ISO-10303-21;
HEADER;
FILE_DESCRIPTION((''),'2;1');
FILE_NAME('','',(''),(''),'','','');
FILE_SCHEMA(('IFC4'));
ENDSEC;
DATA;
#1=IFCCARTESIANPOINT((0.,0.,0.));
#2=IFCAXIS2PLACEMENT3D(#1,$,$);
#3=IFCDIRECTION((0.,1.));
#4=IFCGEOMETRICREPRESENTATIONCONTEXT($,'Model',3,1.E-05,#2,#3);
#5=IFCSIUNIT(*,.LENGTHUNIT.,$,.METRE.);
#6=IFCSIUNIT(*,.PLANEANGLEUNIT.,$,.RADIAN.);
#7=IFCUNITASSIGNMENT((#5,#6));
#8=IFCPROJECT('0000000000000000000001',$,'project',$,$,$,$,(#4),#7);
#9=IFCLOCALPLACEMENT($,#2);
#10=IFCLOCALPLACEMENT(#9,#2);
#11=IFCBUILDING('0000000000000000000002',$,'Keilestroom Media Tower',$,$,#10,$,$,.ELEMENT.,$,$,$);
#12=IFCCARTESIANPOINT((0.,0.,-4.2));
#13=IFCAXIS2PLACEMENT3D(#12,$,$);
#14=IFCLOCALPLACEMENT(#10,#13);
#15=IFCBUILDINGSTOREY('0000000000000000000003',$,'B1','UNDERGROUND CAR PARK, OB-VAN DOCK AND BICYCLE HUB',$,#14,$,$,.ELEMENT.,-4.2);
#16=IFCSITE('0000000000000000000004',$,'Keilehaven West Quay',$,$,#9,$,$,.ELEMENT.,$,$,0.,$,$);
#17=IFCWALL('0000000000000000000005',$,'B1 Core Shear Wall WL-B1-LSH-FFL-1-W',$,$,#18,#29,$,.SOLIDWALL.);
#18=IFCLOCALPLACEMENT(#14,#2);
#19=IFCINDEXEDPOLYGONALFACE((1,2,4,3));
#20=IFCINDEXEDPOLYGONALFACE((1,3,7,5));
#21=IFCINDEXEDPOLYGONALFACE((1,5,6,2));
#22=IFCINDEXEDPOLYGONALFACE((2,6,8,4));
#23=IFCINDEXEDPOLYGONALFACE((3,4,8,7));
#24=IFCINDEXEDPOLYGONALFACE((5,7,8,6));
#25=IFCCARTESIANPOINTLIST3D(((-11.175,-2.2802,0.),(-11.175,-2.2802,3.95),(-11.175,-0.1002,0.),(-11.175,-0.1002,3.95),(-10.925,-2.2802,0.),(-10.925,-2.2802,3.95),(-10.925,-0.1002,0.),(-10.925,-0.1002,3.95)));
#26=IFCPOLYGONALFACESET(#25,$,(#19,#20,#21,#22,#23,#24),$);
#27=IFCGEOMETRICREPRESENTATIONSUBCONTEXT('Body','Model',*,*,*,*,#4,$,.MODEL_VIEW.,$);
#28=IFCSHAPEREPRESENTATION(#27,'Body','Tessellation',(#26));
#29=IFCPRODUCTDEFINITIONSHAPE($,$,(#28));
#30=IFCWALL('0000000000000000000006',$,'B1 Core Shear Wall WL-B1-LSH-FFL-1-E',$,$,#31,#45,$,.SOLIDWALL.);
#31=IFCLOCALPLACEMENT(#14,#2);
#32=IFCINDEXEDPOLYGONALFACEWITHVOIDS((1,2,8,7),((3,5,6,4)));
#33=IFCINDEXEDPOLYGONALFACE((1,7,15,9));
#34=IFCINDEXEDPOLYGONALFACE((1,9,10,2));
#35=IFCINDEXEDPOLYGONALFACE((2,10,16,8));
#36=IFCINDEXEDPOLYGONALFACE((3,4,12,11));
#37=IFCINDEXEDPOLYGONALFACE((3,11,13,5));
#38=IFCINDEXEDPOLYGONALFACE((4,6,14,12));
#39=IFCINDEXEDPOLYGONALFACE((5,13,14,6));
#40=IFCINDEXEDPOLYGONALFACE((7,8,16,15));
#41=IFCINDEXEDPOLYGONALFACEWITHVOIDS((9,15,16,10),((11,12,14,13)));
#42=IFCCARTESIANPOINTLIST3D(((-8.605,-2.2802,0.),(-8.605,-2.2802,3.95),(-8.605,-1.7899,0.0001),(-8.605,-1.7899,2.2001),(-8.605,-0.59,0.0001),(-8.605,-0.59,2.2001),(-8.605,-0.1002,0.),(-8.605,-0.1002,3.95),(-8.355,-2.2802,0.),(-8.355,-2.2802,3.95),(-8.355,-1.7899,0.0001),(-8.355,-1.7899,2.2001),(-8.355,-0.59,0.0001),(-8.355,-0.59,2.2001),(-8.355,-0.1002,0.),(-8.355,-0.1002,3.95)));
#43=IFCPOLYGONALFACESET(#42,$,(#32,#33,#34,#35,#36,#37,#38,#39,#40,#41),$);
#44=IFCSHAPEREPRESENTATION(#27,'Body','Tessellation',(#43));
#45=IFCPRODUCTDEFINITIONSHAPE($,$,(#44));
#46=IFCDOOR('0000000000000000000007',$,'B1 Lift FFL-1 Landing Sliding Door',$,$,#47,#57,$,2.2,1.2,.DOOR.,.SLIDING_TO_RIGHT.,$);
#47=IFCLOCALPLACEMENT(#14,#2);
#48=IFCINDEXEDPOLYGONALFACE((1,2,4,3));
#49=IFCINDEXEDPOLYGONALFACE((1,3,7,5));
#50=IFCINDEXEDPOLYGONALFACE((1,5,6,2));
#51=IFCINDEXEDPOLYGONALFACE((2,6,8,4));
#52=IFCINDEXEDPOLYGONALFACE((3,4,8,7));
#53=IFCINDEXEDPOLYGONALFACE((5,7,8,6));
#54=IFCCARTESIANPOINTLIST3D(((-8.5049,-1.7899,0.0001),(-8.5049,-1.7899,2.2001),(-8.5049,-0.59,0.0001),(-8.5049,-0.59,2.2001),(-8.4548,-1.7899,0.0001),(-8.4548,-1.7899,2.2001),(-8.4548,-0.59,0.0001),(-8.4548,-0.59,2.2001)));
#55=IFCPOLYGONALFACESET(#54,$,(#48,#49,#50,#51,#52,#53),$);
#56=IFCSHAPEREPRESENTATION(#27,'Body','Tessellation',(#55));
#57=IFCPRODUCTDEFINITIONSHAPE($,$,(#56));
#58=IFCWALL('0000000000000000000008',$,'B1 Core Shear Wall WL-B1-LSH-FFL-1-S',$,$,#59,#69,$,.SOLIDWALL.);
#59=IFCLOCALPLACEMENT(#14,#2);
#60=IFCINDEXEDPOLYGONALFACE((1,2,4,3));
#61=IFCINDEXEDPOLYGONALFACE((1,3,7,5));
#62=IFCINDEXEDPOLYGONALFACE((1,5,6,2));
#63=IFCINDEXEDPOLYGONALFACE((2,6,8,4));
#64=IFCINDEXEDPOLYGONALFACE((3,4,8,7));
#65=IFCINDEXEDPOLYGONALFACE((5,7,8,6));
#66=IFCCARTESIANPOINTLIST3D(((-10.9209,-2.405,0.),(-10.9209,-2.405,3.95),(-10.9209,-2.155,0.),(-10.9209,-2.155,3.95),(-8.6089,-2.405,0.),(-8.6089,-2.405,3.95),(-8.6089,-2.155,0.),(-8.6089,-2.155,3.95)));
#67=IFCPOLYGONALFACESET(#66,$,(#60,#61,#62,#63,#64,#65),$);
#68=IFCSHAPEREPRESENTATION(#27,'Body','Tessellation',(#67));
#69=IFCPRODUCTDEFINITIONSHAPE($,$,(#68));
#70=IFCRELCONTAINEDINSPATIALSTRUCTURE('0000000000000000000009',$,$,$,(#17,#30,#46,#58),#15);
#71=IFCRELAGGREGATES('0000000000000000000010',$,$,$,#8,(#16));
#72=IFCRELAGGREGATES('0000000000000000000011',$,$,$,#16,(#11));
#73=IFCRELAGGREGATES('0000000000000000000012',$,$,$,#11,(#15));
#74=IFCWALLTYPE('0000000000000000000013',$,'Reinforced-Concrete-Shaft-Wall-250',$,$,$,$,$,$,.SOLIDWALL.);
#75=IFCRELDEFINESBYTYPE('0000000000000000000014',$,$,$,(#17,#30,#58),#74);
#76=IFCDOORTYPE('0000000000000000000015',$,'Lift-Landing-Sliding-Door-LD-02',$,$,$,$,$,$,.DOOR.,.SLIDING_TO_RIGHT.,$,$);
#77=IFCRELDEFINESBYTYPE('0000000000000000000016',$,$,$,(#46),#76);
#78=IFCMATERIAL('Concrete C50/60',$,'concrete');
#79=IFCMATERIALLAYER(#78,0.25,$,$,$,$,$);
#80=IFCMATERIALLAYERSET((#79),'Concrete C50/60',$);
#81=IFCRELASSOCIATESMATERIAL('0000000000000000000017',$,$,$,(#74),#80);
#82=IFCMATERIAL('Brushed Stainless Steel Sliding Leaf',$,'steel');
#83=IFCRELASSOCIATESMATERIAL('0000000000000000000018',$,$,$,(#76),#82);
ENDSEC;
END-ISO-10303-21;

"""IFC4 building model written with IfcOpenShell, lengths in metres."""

from ifc_helpers import new_model, si_unit, direction, frame, frame_2d, origin, place, context, subcontext, project, spatial, rectangle, extrude, source, transform, mapped, material, layer, layer_set, type_object, element, fill, save


model = new_model("IFC4")

# Units and contexts
model_context = context("Model", 3, precision=1e-05, world=origin(), true_north=direction((0.0, 1.0)))
body_context = subcontext(model_context, "Body", "Model", "MODEL_VIEW")
ifc_project = project(units=[si_unit("LENGTHUNIT", "METRE"), si_unit("PLANEANGLEUNIT", "RADIAN")], contexts=[model_context])

# Site, building, storey
site_placement = place(None, origin())
site = spatial("IfcSite", under=ifc_project, at=site_placement, Name="Keilehaven West Quay", CompositionType="ELEMENT", RefElevation=0.0)
building_placement = place(site_placement, origin())
building = spatial("IfcBuilding", under=site, at=building_placement, Name="Keilestroom Media Tower", CompositionType="ELEMENT")
storey_placement = place(building_placement, frame((0.0, 0.0, -4.2)))
storey = spatial("IfcBuildingStorey", under=building, at=storey_placement, Name="B1", Description="UNDERGROUND CAR PARK, OB-VAN DOCK AND BICYCLE HUB", CompositionType="ELEMENT", Elevation=-4.2)

# Shared definitions
shared_shape_1 = source(origin(), body_context, "Body", "SweptSolid", [
    extrude(rectangle(XDim=1.2, YDim=2.2, at=frame_2d((0.6001, 1.1001))), frame((0.0, 0.0249, 0.0), z_axis=(0.0, -1.0, 0.0), x_axis=(1.0, 0.0, 0.0)), (0.0, 0.0, 1.0), 0.05),
])

# Wall
ifc_material_1 = material(Name="Concrete C50/60", Category="concrete")
ifc_layer_1 = layer(ifc_material_1, 0.25)
ifc_layer_set_1 = layer_set([ifc_layer_1], Name="Concrete C50/60")
wall_type_1 = type_object("IfcWallType", Name="Reinforced-Concrete-Shaft-Wall-250", PredefinedType="SOLIDWALL", material=ifc_layer_set_1)
wall_1_placement = place(storey_placement, frame((-11.05, -2.28, 0.0), z_axis=(0.0, 0.0, 1.0), x_axis=(0.0, 1.0, 0.0)))
element("IfcWall", 1, at=wall_1_placement, inside=storey, type_object=wall_type_1, Name="B1 Core Shear Wall WL-B1-LSH-FFL-1-W", PredefinedType="SOLIDWALL", context=body_context, shape_type="SweptSolid", body=[
    extrude(rectangle(XDim=2.1799, YDim=0.25, at=frame_2d((1.0898, 0.0))), origin(), (0.0, 0.0, 1.0), 3.95),
])

# Wall, opening, door
wall_2_placement = place(storey_placement, frame((-8.48, -2.28, 0.0), z_axis=(0.0, 0.0, 1.0), x_axis=(0.0, 1.0, 0.0)))
wall_2 = element("IfcWall", 2, at=wall_2_placement, inside=storey, type_object=wall_type_1, Name="B1 Core Shear Wall WL-B1-LSH-FFL-1-E", PredefinedType="SOLIDWALL", context=body_context, shape_type="SweptSolid", body=[
    extrude(rectangle(XDim=2.1799, YDim=0.25, at=frame_2d((1.0898, 0.0))), origin(), (0.0, 0.0, 1.0), 3.95),
])
opening_1_placement = place(wall_2_placement, frame((0.49, 0.0, 0.0)))
opening_1 = element("IfcOpeningElement", 3, at=opening_1_placement, cuts=wall_2, PredefinedType="OPENING", context=body_context, shape_type="SweptSolid", body=[
    extrude(rectangle(XDim=1.2, YDim=2.2, at=frame_2d((0.6001, 1.1001))), frame((0.0, 0.135, 0.0), z_axis=(0.0, -1.0, 0.0), x_axis=(1.0, 0.0, 0.0)), (0.0, 0.0, 1.0), 0.27),
])
ifc_material_2 = material(Name="Brushed Stainless Steel Sliding Leaf", Category="steel")
door_type_1 = type_object("IfcDoorType", Name="Lift-Landing-Sliding-Door-LD-02", OperationType="SLIDING_TO_RIGHT", PredefinedType="DOOR", material=ifc_material_2)
door_1_placement = place(opening_1_placement, origin())
door_1 = element("IfcDoor", 4, at=door_1_placement, inside=storey, type_object=door_type_1, Name="B1 Lift FFL-1 Landing Sliding Door", OperationType="SLIDING_TO_RIGHT", OverallHeight=2.2, OverallWidth=1.2, PredefinedType="DOOR", context=body_context, shape_type="MappedRepresentation", body=[
    mapped(shared_shape_1, transform((0.0, 0.0, 0.0), x_axis=(1.0, 0.0, 0.0), y_axis=(0.0, 1.0, 0.0), z_axis=(0.0, 0.0, 1.0), scale=1.0)),
])
fill(opening_1, door_1)

# Wall
wall_3_placement = place(storey_placement, frame((-10.9209, -2.28, 0.0), z_axis=(0.0, 0.0, 1.0), x_axis=(1.0, 0.0, 0.0)))
element("IfcWall", 5, at=wall_3_placement, inside=storey, type_object=wall_type_1, Name="B1 Core Shear Wall WL-B1-LSH-FFL-1-S", PredefinedType="SOLIDWALL", context=body_context, shape_type="SweptSolid", body=[
    extrude(rectangle(XDim=2.312, YDim=0.25, at=frame_2d((1.156, 0.0))), origin(), (0.0, 0.0, 1.0), 3.95),
])

save(model, "model.ifc")
